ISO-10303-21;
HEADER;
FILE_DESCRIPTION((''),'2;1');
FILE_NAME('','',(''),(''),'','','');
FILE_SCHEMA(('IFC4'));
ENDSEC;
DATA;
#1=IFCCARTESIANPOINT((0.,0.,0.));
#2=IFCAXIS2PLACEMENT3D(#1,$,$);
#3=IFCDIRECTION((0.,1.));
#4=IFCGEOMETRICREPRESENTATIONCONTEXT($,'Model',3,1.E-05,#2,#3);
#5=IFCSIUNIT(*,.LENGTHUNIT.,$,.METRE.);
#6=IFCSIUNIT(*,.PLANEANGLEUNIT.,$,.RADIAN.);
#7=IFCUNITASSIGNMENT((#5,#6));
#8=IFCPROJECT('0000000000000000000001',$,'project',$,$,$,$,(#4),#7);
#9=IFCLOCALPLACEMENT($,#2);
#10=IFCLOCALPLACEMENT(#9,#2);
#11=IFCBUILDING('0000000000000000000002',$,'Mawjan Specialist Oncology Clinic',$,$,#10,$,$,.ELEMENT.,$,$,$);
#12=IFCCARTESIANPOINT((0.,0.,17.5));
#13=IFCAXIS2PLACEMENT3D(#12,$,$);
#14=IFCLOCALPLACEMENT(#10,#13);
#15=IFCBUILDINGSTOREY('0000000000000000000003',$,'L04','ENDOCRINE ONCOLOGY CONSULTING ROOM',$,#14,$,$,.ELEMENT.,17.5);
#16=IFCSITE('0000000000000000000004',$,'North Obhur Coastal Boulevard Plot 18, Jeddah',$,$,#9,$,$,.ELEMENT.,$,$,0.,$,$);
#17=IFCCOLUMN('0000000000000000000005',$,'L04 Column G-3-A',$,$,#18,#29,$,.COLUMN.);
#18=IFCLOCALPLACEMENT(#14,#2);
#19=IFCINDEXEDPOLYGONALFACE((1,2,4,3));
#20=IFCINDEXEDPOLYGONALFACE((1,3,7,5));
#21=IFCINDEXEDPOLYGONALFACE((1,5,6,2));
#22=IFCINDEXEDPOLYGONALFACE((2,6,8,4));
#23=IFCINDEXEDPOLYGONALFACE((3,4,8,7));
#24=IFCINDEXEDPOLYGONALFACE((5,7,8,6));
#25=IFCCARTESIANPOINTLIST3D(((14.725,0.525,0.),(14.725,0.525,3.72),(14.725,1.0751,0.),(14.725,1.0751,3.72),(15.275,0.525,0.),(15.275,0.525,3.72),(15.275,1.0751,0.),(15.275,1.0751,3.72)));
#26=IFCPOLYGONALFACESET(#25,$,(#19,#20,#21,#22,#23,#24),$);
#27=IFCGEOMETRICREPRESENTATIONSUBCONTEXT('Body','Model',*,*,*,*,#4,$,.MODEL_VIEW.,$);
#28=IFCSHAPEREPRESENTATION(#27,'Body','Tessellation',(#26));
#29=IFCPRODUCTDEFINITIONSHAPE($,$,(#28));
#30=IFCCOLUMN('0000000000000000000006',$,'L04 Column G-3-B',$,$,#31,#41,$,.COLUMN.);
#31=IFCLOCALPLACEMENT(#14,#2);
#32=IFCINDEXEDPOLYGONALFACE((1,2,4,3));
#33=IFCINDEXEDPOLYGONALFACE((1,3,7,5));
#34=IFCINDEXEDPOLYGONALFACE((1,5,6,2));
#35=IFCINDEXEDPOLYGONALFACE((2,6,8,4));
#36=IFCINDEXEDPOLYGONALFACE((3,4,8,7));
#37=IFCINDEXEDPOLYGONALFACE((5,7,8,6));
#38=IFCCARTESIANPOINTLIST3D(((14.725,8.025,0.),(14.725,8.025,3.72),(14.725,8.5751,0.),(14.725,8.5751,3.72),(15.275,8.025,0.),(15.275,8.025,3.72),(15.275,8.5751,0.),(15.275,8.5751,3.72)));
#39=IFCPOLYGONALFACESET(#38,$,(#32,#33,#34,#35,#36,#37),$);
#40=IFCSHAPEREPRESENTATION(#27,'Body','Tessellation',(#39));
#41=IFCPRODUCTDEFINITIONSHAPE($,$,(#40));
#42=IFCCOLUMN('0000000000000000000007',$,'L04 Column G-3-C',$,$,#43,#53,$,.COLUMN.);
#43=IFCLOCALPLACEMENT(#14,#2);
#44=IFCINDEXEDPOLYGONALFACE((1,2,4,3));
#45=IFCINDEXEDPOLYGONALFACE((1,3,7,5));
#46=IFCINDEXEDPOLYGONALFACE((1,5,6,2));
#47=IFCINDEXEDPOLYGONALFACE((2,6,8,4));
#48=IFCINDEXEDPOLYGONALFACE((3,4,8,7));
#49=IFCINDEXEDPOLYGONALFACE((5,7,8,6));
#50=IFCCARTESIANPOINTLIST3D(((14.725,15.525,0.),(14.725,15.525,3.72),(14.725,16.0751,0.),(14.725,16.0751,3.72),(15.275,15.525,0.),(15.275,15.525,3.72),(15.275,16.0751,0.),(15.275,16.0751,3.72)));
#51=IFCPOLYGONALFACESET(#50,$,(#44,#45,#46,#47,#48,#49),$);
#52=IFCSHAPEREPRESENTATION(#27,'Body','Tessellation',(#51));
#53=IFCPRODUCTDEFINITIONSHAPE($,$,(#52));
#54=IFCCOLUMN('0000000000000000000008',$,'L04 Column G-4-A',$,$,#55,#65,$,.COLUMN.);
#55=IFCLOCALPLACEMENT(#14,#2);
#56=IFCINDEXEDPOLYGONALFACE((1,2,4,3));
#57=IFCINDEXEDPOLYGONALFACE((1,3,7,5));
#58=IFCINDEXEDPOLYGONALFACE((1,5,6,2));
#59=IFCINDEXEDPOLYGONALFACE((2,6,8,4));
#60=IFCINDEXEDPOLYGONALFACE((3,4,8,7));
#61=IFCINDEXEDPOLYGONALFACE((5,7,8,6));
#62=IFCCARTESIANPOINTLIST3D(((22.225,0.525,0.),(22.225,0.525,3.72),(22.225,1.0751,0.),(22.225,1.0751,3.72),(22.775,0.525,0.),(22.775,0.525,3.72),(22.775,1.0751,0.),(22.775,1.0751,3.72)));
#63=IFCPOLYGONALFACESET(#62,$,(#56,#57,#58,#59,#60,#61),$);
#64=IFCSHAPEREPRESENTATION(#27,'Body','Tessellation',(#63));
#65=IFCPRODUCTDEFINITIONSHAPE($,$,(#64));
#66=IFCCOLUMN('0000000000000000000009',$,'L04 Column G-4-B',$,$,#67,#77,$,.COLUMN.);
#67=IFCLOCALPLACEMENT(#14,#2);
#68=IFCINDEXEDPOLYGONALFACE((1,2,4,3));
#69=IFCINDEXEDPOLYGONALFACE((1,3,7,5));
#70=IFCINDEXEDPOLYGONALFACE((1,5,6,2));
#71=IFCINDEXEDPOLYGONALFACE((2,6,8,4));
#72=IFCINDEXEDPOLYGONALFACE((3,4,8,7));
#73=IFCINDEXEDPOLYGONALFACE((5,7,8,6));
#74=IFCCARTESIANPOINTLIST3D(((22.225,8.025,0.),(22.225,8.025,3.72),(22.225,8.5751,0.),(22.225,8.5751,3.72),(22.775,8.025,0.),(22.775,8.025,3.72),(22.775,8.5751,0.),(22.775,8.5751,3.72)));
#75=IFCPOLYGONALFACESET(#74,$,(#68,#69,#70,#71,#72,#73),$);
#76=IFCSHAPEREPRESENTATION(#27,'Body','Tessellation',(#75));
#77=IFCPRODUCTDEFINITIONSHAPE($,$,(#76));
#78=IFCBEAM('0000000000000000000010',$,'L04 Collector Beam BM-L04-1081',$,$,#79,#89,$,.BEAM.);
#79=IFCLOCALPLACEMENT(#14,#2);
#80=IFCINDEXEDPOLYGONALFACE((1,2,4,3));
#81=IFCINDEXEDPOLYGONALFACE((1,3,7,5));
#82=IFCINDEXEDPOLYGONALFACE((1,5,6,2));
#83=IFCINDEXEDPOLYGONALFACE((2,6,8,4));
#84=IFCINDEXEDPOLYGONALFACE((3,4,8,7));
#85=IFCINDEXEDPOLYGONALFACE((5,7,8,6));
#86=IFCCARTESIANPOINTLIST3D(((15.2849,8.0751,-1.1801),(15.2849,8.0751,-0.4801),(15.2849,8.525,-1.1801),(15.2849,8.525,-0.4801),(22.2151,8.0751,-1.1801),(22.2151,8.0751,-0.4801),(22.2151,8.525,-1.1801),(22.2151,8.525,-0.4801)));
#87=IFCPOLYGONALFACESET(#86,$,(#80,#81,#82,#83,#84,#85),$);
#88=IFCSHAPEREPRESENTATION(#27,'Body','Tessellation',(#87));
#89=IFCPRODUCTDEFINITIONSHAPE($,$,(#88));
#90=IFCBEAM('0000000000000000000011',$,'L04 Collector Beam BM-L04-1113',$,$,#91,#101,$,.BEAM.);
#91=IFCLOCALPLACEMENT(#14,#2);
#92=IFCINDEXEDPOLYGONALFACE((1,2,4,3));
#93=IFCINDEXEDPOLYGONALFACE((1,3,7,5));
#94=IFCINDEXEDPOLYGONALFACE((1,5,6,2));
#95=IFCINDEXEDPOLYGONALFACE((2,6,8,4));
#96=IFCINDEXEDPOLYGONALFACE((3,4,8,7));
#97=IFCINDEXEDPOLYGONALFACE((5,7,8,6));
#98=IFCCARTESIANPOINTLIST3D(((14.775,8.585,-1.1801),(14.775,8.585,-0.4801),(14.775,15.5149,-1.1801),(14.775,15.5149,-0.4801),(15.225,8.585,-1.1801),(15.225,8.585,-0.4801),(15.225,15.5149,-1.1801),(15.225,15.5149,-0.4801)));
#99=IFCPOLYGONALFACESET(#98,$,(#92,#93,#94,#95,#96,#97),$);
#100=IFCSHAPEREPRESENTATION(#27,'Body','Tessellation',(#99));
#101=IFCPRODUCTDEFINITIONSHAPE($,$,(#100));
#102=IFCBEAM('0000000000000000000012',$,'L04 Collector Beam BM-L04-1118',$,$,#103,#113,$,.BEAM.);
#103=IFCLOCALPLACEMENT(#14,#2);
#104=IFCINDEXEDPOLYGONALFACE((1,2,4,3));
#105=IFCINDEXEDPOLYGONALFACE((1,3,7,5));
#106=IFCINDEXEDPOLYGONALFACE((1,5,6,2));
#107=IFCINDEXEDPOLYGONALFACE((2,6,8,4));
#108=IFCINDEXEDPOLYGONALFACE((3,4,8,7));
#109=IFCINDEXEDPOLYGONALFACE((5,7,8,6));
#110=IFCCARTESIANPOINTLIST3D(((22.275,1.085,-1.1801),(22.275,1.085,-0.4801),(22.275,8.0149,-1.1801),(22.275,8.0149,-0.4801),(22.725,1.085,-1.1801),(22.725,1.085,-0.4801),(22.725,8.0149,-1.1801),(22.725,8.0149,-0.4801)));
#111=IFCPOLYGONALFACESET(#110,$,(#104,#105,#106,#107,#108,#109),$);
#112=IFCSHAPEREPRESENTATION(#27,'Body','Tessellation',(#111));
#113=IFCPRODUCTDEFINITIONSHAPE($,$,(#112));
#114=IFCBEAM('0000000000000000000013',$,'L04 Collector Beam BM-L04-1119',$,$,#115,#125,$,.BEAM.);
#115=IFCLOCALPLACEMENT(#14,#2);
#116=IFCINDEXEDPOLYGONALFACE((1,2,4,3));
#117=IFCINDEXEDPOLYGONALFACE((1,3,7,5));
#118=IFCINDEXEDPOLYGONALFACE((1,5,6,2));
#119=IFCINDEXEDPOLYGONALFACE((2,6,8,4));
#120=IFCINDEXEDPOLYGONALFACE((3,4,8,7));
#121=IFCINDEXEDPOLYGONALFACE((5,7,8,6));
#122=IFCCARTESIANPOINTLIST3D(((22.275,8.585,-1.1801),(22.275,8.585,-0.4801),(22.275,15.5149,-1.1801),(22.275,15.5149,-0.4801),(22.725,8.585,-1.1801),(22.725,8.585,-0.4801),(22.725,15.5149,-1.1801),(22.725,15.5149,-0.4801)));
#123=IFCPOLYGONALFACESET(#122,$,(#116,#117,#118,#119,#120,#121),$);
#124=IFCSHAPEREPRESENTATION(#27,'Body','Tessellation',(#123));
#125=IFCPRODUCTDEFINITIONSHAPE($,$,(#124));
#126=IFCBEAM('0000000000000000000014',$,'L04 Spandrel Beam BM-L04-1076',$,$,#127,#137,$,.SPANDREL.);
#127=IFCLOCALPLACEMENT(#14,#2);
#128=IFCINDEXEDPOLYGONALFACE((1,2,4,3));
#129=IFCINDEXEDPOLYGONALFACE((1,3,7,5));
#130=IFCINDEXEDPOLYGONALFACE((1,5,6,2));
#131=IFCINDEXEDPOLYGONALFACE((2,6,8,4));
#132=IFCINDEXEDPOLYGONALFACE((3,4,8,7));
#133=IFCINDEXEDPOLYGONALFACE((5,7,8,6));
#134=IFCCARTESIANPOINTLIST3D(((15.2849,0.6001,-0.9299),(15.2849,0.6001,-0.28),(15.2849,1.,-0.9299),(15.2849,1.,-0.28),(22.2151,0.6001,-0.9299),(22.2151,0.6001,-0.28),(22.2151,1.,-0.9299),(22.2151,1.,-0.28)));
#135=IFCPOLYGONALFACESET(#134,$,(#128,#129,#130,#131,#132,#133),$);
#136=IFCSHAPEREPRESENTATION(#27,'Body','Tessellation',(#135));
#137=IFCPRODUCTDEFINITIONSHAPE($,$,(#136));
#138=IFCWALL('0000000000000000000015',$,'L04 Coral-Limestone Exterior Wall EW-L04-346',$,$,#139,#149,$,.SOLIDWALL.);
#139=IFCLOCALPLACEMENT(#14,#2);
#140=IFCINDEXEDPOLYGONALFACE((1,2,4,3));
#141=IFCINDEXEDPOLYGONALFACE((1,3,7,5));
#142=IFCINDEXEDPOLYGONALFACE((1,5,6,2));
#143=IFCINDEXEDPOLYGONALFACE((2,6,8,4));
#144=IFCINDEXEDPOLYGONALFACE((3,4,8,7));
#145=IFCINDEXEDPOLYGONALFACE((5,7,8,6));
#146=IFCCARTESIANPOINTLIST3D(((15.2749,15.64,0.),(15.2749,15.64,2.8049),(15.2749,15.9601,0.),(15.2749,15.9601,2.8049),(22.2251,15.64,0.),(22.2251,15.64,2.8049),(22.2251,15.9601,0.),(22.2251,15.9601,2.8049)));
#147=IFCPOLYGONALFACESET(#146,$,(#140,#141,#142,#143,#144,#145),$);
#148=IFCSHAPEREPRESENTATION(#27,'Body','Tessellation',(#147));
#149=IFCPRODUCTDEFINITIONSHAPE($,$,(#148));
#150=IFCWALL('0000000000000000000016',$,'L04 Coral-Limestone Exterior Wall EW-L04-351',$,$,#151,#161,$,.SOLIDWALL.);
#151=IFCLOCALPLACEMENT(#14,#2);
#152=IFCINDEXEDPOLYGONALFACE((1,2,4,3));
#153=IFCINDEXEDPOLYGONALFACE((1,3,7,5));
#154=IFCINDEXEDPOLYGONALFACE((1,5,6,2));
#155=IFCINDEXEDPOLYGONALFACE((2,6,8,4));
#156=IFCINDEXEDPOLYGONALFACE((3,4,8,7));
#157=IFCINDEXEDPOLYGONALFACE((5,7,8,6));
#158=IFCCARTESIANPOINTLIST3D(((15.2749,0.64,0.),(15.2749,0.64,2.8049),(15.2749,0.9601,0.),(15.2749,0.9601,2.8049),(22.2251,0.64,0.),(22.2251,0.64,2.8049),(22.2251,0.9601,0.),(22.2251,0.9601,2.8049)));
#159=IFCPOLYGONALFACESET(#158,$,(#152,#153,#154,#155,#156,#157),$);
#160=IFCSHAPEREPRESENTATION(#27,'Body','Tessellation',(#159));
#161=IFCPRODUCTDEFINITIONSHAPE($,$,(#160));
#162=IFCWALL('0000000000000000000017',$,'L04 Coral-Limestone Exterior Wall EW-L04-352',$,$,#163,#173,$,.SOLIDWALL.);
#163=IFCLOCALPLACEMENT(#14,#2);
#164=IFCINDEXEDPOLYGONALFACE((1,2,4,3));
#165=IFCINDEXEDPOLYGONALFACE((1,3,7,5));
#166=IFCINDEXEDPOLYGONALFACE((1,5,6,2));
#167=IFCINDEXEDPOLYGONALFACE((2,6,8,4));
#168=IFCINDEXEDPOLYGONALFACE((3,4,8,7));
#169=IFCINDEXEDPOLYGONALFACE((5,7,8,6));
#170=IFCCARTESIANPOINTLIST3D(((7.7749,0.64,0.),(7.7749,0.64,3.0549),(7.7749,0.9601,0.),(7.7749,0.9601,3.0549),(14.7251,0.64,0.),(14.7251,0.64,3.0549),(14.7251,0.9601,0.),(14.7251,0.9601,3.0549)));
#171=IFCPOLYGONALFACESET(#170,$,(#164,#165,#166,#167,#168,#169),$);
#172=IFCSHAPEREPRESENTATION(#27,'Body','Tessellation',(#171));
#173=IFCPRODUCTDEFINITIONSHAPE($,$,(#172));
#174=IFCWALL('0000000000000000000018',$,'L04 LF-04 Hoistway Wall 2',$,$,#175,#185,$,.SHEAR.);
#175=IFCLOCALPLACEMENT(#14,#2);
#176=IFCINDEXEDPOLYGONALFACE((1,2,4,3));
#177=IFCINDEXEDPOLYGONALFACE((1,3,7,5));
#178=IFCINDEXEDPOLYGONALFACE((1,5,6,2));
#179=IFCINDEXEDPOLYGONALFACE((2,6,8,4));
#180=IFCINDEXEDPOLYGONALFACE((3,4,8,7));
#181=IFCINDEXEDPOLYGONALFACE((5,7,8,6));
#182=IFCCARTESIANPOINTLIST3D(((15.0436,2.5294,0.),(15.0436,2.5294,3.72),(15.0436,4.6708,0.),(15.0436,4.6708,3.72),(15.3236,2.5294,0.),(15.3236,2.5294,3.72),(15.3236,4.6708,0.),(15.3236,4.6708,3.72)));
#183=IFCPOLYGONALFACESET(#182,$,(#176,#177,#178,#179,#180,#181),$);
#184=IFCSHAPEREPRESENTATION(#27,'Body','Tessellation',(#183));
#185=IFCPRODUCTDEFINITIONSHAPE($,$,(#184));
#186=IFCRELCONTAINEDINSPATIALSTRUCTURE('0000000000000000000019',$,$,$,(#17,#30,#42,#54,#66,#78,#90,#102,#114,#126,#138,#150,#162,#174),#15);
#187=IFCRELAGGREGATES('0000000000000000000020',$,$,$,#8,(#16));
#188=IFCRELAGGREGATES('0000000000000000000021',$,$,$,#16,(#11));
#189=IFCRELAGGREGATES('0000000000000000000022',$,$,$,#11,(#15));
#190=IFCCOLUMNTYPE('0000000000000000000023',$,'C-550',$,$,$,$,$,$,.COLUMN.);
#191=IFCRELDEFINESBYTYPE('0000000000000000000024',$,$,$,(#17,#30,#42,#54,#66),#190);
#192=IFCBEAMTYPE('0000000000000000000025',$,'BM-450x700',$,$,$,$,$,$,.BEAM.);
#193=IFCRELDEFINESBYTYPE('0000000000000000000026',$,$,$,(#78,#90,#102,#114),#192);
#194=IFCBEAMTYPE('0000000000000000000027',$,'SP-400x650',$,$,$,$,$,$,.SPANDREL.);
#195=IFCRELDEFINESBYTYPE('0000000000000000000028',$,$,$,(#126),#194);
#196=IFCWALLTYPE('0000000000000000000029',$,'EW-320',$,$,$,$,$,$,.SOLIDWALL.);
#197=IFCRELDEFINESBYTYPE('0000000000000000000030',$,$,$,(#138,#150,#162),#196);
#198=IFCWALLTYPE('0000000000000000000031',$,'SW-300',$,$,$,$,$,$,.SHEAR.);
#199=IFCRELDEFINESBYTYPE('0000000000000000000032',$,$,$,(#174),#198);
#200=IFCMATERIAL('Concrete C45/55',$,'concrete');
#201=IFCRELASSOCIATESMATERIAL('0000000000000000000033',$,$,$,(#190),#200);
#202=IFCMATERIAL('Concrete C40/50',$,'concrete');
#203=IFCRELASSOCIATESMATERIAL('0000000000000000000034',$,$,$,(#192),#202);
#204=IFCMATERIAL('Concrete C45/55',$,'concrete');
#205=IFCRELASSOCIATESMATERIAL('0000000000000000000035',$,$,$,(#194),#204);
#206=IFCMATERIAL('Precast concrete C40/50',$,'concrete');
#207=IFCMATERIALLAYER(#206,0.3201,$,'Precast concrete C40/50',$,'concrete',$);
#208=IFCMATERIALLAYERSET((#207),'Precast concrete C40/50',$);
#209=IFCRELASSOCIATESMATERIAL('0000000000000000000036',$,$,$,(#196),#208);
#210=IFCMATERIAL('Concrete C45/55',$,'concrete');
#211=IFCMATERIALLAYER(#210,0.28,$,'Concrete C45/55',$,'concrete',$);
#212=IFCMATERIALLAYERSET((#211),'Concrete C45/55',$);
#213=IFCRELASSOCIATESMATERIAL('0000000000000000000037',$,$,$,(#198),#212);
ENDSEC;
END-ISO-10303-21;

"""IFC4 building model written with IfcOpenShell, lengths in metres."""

from ifc_helpers import new_model, si_unit, direction, frame, frame_2d, origin, origin_2d, place, context, subcontext, project, spatial, rectangle, extrude, material, layer, layer_set, material_profile, profile_set, type_object, element, save


model = new_model("IFC4")

# Units and contexts
model_context = context("Model", 3, precision=1e-05, world=origin(), true_north=direction((0.0, 1.0)))
body_context = subcontext(model_context, "Body", "Model", "MODEL_VIEW")
ifc_project = project(units=[si_unit("LENGTHUNIT", "METRE"), si_unit("PLANEANGLEUNIT", "RADIAN")], contexts=[model_context])

# Site, building, storey
site_placement = place(None, origin())
site = spatial("IfcSite", under=ifc_project, at=site_placement, Name="North Obhur Coastal Boulevard Plot 18, Jeddah", CompositionType="ELEMENT", RefElevation=0.0)
building_placement = place(site_placement, origin())
building = spatial("IfcBuilding", under=site, at=building_placement, Name="Mawjan Specialist Oncology Clinic", CompositionType="ELEMENT")
storey_placement = place(building_placement, frame((0.0, 0.0, 17.5)))
storey = spatial("IfcBuildingStorey", under=building, at=storey_placement, Name="L04", Description="ENDOCRINE ONCOLOGY CONSULTING ROOM", CompositionType="ELEMENT", Elevation=17.5)

# Columns
ifc_material_1 = material(Name="Concrete C45/55", Category="concrete")
ifc_material_profile_1 = material_profile(ifc_material_1, rectangle(XDim=0.55, YDim=0.55, at=origin_2d()), Name="RC COL 550x550", Category="concrete")
ifc_profile_set_1 = profile_set([ifc_material_profile_1], Name="Concrete C45/55")
column_type = type_object("IfcColumnType", Name="C-550", PredefinedType="COLUMN", material=ifc_profile_set_1)
for number, where, z_axis, x_axis, name in (
    (1, (15.0, 0.8, 0.0), (0.0, 0.0, 1.0), (1.0, 0.0, 0.0), "L04 Column G-3-A"),
    (2, (15.0, 8.3, 0.0), (0.0, 0.0, 1.0), (1.0, 0.0, 0.0), "L04 Column G-3-B"),
    (3, (15.0, 15.8, 0.0), (0.0, 0.0, 1.0), (1.0, 0.0, 0.0), "L04 Column G-3-C"),
    (4, (22.5, 0.8, 0.0), (0.0, 0.0, 1.0), (1.0, 0.0, 0.0), "L04 Column G-4-A"),
    (5, (22.5, 8.3, 0.0), (0.0, 0.0, 1.0), (1.0, 0.0, 0.0), "L04 Column G-4-B"),
):
    element("IfcColumn", number, at=place(storey_placement, frame(where, z_axis=z_axis, x_axis=x_axis)), inside=storey, type_object=column_type, Name=name, PredefinedType="COLUMN", context=body_context, shape_type="SweptSolid", body=[
        extrude(rectangle(XDim=0.55, YDim=0.55, at=origin_2d()), origin(), (0.0, 0.0, 1.0), 3.72),
    ])

# Beams
ifc_material_2 = material(Name="Concrete C40/50", Category="concrete")
ifc_material_profile_2 = material_profile(ifc_material_2, rectangle(XDim=0.45, YDim=0.7, at=origin_2d()), Name="RC BM 450x700", Category="concrete")
ifc_profile_set_2 = profile_set([ifc_material_profile_2], Name="Concrete C40/50")
beam_type_1 = type_object("IfcBeamType", Name="BM-450x700", PredefinedType="BEAM", material=ifc_profile_set_2)
beam_1_placement = place(storey_placement, frame((15.2849, 8.3, -0.8301), z_axis=(1.0, 0.0, 0.0), x_axis=(0.0, 1.0, 0.0)))
element("IfcBeam", 6, at=beam_1_placement, inside=storey, type_object=beam_type_1, Name="L04 Collector Beam BM-L04-1081", PredefinedType="BEAM", context=body_context, shape_type="SweptSolid", body=[
    extrude(rectangle(XDim=0.45, YDim=0.7, at=origin_2d()), origin(), (0.0, 0.0, 1.0), 6.9302),
])
for number, where, z_axis, x_axis, name in (
    (7, (15.0, 8.585, -0.8301), (0.0, 1.0, 0.0), (-1.0, 0.0, 0.0), "L04 Collector Beam BM-L04-1113"),
    (8, (22.5, 1.085, -0.8301), (0.0, 1.0, 0.0), (-1.0, 0.0, 0.0), "L04 Collector Beam BM-L04-1118"),
    (9, (22.5, 8.585, -0.8301), (0.0, 1.0, 0.0), (-1.0, 0.0, 0.0), "L04 Collector Beam BM-L04-1119"),
):
    element("IfcBeam", number, at=place(storey_placement, frame(where, z_axis=z_axis, x_axis=x_axis)), inside=storey, type_object=beam_type_1, Name=name, PredefinedType="BEAM", context=body_context, shape_type="SweptSolid", body=[
        extrude(rectangle(XDim=0.45, YDim=0.7, at=origin_2d()), origin(), (0.0, 0.0, 1.0), 6.9299),
    ])
ifc_material_3 = material(Name="Concrete C45/55", Category="concrete")
ifc_material_profile_3 = material_profile(ifc_material_3, rectangle(XDim=0.3999, YDim=0.6499, at=origin_2d()), Name="RC BM 400x650", Category="concrete")
ifc_profile_set_3 = profile_set([ifc_material_profile_3], Name="Concrete C45/55")
beam_type_2 = type_object("IfcBeamType", Name="SP-400x650", PredefinedType="SPANDREL", material=ifc_profile_set_3)
beam_2_placement = place(storey_placement, frame((15.2849, 0.8, -0.605), z_axis=(1.0, 0.0, 0.0), x_axis=(0.0, 1.0, 0.0)))
element("IfcBeam", 10, at=beam_2_placement, inside=storey, type_object=beam_type_2, Name="L04 Spandrel Beam BM-L04-1076", PredefinedType="SPANDREL", context=body_context, shape_type="SweptSolid", body=[
    extrude(rectangle(XDim=0.3999, YDim=0.6499, at=origin_2d()), origin(), (0.0, 0.0, 1.0), 6.9302),
])

# Walls
ifc_material_4 = material(Name="Precast concrete C40/50", Category="concrete")
ifc_layer_1 = layer(ifc_material_4, 0.3201, Name="Precast concrete C40/50", Category="concrete")
ifc_layer_set_1 = layer_set([ifc_layer_1], Name="Precast concrete C40/50")
wall_type_1 = type_object("IfcWallType", Name="EW-320", PredefinedType="SOLIDWALL", material=ifc_layer_set_1)
for number, where, z_axis, x_axis, name in (
    (11, (15.2749, 15.8, 0.0), (0.0, 0.0, 1.0), (1.0, 0.0, 0.0), "L04 Coral-Limestone Exterior Wall EW-L04-346"),
    (12, (22.2251, 0.8, 0.0), (0.0, 0.0, 1.0), (-1.0, 0.0, 0.0), "L04 Coral-Limestone Exterior Wall EW-L04-351"),
):
    element("IfcWall", number, at=place(storey_placement, frame(where, z_axis=z_axis, x_axis=x_axis)), inside=storey, type_object=wall_type_1, Name=name, PredefinedType="SOLIDWALL", context=body_context, shape_type="SweptSolid", body=[
        extrude(rectangle(XDim=6.9502, YDim=0.3201, at=frame_2d((3.4751, 0.0))), origin(), (0.0, 0.0, 1.0), 2.8049),
    ])
wall_1_placement = place(storey_placement, frame((14.7251, 0.8, 0.0), z_axis=(0.0, 0.0, 1.0), x_axis=(-1.0, 0.0, 0.0)))
element("IfcWall", 13, at=wall_1_placement, inside=storey, type_object=wall_type_1, Name="L04 Coral-Limestone Exterior Wall EW-L04-352", PredefinedType="SOLIDWALL", context=body_context, shape_type="SweptSolid", body=[
    extrude(rectangle(XDim=6.9502, YDim=0.3201, at=frame_2d((3.4751, 0.0))), origin(), (0.0, 0.0, 1.0), 3.0549),
])
ifc_material_5 = material(Name="Concrete C45/55", Category="concrete")
ifc_layer_2 = layer(ifc_material_5, 0.28, Name="Concrete C45/55", Category="concrete")
ifc_layer_set_2 = layer_set([ifc_layer_2], Name="Concrete C45/55")
wall_type_2 = type_object("IfcWallType", Name="SW-300", PredefinedType="SHEAR", material=ifc_layer_set_2)
wall_2_placement = place(storey_placement, frame((15.1836, 2.5293, 0.0), z_axis=(0.0, 0.0, 1.0), x_axis=(0.0, 1.0, 0.0)))
element("IfcWall", 14, at=wall_2_placement, inside=storey, type_object=wall_type_2, Name="L04 LF-04 Hoistway Wall 2", PredefinedType="SHEAR", context=body_context, shape_type="SweptSolid", body=[
    extrude(rectangle(XDim=2.1414, YDim=0.28, at=frame_2d((1.0708, 0.0))), origin(), (0.0, 0.0, 1.0), 3.72),
])

save(model, "model.ifc")
